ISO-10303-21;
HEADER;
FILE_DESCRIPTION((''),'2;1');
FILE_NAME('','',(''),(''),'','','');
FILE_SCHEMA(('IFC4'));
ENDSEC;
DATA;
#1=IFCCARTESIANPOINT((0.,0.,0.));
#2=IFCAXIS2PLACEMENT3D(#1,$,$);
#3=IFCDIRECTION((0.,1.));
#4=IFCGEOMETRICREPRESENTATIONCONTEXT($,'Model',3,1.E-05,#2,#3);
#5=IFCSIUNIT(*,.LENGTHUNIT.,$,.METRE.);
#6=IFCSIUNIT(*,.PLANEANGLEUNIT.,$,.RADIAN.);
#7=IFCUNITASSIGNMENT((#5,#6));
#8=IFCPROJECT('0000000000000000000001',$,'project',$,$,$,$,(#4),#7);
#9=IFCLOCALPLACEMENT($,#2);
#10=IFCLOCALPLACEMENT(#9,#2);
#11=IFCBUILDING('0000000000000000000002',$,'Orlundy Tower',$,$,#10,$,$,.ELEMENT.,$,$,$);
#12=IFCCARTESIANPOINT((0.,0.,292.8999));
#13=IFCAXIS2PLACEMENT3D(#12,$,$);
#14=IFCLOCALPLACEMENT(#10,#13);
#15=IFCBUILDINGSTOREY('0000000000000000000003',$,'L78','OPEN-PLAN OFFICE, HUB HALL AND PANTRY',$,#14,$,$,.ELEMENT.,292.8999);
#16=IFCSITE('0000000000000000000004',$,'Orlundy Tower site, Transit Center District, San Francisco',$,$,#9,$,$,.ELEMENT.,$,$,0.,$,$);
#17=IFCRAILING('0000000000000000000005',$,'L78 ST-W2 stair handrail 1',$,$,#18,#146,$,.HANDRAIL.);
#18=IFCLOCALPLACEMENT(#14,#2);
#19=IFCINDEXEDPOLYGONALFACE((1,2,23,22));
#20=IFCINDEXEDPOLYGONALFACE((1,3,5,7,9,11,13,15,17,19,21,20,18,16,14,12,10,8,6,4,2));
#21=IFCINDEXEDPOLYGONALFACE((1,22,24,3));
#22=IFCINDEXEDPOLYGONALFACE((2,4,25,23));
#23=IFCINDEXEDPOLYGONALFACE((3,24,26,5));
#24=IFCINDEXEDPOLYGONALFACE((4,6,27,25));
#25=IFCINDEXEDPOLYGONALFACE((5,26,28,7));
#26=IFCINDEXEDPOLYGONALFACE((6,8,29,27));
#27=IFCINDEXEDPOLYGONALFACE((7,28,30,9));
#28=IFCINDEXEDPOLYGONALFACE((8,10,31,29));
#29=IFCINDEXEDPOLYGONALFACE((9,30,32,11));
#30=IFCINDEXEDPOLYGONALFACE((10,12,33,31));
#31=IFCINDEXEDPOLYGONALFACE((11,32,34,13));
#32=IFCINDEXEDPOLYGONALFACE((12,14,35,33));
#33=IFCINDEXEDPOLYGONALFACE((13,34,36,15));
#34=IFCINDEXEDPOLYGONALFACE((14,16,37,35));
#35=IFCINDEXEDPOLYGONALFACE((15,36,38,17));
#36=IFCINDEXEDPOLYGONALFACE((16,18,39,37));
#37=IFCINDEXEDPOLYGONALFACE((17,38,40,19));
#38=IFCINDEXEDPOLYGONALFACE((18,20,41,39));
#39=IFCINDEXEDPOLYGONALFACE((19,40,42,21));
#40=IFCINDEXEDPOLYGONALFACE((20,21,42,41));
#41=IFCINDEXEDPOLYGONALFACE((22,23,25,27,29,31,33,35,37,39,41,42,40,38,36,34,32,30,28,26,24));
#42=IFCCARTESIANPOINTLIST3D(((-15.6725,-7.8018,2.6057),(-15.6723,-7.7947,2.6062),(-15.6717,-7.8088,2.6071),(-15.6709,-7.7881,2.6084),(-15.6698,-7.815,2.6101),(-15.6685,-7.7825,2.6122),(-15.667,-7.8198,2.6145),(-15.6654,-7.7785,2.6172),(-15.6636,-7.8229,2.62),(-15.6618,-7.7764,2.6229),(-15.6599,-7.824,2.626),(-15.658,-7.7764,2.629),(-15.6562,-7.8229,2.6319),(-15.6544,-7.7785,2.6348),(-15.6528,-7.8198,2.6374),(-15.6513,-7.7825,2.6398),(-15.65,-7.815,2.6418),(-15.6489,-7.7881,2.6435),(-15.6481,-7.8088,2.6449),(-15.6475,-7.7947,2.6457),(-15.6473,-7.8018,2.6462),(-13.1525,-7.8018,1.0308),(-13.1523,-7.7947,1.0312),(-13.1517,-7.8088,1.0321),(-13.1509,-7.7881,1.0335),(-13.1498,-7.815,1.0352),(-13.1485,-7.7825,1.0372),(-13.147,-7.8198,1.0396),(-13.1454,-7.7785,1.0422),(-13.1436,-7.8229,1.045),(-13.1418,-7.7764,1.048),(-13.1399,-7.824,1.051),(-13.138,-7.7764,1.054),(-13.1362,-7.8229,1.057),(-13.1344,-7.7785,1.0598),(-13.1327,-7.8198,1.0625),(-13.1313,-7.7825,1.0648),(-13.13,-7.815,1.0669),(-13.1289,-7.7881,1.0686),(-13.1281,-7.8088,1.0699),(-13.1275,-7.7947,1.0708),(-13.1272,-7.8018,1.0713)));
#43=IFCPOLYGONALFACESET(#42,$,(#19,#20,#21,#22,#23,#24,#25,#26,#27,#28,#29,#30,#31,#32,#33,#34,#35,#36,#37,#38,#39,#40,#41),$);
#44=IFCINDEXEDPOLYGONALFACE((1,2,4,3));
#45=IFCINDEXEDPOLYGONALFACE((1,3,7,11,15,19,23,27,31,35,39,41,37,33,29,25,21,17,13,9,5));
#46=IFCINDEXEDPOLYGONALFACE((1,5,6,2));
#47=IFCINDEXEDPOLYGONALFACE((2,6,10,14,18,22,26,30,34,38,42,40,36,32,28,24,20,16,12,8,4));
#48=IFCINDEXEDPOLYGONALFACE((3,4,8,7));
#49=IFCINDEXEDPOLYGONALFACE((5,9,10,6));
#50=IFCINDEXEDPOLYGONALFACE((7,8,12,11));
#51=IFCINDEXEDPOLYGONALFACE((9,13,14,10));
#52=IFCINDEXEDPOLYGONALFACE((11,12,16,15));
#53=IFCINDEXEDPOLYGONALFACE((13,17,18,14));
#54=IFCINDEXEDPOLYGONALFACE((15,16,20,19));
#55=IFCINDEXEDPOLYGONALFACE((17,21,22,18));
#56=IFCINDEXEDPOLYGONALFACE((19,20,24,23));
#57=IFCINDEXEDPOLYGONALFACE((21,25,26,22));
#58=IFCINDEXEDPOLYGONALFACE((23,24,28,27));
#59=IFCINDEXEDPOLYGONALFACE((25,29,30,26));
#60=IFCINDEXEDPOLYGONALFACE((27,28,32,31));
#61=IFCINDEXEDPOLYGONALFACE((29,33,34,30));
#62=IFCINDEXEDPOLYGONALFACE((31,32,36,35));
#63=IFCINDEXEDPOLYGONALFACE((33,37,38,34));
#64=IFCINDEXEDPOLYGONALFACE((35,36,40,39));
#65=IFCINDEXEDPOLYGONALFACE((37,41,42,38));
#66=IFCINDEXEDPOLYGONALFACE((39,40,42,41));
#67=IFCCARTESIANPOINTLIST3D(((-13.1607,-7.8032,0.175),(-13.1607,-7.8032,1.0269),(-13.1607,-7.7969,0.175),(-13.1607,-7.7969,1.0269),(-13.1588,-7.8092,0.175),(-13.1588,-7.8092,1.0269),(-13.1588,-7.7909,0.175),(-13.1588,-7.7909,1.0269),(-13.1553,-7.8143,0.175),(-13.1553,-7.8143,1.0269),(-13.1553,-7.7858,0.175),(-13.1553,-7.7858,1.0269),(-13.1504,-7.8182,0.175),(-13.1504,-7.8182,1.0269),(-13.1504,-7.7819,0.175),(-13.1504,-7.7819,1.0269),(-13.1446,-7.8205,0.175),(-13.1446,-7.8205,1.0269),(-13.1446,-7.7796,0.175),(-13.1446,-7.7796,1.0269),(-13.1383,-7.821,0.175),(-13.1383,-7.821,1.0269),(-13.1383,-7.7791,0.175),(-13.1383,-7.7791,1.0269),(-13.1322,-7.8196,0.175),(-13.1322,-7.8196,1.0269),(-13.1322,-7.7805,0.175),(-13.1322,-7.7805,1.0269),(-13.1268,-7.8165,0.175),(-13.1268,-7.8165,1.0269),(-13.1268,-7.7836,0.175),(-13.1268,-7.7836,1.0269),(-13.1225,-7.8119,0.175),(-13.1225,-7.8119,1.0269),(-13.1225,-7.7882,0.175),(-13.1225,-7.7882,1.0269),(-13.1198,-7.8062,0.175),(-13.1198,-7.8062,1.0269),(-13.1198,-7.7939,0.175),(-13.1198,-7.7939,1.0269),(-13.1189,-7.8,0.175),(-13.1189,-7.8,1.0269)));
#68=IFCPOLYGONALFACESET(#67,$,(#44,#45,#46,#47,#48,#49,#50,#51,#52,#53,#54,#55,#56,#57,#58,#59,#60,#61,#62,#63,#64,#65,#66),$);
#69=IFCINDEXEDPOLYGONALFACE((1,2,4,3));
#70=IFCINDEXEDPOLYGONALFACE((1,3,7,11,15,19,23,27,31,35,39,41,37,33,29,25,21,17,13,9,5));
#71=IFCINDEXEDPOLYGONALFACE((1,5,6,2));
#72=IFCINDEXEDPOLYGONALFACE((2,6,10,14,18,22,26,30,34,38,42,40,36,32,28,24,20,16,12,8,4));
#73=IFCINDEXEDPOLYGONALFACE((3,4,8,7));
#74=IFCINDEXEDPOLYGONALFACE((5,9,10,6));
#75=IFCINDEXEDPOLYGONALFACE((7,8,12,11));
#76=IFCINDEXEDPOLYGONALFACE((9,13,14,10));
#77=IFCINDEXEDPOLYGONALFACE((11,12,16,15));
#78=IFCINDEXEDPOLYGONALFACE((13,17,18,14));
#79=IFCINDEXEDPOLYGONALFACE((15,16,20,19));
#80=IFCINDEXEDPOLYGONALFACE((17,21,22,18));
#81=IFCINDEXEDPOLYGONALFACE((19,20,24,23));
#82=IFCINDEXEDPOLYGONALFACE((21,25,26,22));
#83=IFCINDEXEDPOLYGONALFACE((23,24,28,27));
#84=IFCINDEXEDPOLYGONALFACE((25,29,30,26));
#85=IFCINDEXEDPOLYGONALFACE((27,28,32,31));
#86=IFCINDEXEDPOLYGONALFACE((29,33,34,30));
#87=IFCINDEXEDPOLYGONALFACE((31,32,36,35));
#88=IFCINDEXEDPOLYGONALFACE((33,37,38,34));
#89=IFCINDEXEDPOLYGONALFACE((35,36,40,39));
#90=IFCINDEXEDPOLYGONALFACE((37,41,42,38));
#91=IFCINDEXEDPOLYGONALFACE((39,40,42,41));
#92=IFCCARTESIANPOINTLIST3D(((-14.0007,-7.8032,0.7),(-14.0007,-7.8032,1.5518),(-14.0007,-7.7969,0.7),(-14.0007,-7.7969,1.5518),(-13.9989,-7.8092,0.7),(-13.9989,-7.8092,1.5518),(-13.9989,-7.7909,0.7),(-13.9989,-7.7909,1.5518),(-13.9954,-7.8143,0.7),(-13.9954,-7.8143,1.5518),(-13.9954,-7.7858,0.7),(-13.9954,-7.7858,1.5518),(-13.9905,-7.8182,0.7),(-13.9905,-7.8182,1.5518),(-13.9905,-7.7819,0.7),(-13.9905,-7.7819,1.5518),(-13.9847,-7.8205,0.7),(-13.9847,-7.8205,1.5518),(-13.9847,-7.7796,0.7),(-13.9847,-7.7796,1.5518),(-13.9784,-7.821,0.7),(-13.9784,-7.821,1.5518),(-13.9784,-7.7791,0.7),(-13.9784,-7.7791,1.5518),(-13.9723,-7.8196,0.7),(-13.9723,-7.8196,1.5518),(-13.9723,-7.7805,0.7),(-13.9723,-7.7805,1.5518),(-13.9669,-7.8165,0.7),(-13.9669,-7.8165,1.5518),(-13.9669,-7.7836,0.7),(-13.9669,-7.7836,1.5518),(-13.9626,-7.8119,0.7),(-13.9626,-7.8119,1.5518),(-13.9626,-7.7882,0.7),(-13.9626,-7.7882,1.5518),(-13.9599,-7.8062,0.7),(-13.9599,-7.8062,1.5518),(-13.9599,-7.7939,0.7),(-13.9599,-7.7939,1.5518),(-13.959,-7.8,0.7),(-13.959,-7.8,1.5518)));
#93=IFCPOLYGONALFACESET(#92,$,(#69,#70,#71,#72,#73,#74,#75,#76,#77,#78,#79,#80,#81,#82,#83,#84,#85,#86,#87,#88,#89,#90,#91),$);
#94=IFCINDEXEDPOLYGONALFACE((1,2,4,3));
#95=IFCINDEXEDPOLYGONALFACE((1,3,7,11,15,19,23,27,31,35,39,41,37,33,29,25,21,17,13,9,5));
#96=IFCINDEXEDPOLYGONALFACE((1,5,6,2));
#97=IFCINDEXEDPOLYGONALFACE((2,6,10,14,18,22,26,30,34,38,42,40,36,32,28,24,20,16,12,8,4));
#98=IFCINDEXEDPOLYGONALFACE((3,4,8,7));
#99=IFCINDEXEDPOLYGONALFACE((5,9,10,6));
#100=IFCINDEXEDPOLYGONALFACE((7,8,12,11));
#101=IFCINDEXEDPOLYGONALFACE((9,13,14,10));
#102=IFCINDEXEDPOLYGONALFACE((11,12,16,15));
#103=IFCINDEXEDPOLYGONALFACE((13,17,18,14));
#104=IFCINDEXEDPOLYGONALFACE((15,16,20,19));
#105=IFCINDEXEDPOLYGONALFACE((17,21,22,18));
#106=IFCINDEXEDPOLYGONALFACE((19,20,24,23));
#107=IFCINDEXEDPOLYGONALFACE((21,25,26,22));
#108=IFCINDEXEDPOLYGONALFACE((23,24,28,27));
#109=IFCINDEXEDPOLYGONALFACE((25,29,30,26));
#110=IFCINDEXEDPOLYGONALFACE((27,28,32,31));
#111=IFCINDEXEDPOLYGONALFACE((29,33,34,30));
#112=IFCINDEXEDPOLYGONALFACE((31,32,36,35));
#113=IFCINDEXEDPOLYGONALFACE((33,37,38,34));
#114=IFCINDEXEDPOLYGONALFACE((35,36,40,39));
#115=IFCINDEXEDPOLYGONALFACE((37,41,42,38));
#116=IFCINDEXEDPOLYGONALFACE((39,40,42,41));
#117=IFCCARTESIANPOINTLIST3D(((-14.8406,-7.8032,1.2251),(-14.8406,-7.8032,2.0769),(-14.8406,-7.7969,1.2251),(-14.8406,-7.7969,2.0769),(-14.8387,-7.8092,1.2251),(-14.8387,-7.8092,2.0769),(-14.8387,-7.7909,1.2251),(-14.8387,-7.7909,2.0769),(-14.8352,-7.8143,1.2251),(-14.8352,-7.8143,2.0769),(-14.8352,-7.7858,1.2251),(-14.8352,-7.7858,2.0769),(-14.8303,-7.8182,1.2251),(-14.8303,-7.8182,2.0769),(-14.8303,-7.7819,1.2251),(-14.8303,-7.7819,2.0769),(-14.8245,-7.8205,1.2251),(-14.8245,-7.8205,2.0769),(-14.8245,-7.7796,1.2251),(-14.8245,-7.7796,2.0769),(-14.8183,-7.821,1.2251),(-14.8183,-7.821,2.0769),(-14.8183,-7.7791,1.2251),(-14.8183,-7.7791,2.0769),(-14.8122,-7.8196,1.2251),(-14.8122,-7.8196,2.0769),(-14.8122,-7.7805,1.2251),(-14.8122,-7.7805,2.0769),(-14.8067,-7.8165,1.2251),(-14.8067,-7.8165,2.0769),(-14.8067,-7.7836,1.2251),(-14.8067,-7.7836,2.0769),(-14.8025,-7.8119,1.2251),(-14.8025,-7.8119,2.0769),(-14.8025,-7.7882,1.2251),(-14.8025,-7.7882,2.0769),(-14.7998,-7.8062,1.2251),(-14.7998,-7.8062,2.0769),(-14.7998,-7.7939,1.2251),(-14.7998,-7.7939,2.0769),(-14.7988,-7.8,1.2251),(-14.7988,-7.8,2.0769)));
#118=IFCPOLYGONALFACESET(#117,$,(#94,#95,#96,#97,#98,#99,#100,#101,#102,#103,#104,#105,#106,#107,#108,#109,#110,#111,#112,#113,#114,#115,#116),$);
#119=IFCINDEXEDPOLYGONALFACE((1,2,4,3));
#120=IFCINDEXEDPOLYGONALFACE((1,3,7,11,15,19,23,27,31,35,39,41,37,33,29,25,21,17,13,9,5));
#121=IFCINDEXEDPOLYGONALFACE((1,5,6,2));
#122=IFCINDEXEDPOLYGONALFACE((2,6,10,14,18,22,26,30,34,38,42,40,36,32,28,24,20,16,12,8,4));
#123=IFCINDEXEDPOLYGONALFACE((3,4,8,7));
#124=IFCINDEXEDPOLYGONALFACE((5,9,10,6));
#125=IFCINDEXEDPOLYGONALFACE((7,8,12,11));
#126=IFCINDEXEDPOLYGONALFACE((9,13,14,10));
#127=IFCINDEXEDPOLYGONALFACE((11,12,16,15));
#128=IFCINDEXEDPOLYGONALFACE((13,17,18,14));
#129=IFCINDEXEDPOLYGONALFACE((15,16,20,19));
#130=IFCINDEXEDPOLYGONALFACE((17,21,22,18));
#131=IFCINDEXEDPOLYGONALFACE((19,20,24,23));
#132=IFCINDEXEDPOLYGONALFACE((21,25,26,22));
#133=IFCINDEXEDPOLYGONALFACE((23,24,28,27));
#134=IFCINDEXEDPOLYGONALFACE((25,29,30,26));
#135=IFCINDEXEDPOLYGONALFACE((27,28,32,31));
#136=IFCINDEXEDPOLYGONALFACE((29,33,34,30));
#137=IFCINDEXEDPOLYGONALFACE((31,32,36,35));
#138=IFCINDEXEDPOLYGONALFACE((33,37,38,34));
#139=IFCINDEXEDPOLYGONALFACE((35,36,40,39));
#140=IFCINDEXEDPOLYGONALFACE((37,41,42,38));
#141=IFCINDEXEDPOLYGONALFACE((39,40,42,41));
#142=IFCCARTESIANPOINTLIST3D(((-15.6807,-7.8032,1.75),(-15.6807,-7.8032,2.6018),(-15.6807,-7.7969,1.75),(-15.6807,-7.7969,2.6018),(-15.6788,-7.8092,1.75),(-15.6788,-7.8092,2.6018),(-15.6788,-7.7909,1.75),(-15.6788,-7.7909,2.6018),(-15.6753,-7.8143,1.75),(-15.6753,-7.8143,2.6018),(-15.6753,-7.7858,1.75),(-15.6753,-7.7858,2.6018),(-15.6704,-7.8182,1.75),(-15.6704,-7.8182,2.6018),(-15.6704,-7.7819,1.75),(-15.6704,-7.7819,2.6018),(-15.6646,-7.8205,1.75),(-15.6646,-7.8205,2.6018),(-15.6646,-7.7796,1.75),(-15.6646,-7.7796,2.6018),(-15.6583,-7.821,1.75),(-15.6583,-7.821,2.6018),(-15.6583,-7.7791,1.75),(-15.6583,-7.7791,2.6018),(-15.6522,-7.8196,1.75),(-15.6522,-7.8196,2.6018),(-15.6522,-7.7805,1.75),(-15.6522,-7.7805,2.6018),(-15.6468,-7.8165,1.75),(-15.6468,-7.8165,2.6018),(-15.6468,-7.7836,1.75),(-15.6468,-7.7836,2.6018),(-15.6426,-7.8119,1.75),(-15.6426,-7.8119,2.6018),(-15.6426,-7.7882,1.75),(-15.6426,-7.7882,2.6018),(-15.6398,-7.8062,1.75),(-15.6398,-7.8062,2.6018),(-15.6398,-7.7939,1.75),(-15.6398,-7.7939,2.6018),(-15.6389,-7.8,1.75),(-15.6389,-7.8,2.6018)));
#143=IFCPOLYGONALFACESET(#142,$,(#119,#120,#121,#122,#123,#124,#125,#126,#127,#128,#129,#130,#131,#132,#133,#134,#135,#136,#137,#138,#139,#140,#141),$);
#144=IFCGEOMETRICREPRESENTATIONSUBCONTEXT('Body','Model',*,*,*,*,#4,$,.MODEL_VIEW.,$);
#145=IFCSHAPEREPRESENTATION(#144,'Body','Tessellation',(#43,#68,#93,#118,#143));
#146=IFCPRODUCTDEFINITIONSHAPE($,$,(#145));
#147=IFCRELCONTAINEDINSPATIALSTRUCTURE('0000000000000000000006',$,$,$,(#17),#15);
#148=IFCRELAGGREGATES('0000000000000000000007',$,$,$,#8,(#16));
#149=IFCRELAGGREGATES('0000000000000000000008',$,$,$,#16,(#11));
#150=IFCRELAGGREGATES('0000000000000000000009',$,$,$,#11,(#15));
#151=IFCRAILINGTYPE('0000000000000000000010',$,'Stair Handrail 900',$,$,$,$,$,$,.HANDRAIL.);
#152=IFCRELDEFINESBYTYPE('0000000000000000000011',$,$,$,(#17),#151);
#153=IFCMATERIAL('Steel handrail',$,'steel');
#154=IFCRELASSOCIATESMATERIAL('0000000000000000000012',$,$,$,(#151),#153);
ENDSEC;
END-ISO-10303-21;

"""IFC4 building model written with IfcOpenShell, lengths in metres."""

from ifc_helpers import new_model, si_unit, direction, frame, origin, origin_2d, place, context, subcontext, project, spatial, circle, extrude, material, type_object, element, save


model = new_model("IFC4")

# Units and contexts
model_context = context("Model", 3, precision=1e-05, world=origin(), true_north=direction((0.0, 1.0)))
body_context = subcontext(model_context, "Body", "Model", "MODEL_VIEW")
ifc_project = project(units=[si_unit("LENGTHUNIT", "METRE"), si_unit("PLANEANGLEUNIT", "RADIAN")], contexts=[model_context])

# Site, building, storey
site_placement = place(None, origin())
site = spatial("IfcSite", under=ifc_project, at=site_placement, Name="Orlundy Tower site, Transit Center District, San Francisco", CompositionType="ELEMENT", RefElevation=0.0)
building_placement = place(site_placement, origin())
building = spatial("IfcBuilding", under=site, at=building_placement, Name="Orlundy Tower", CompositionType="ELEMENT")
storey_placement = place(building_placement, frame((0.0, 0.0, 292.8999)))
storey = spatial("IfcBuildingStorey", under=building, at=storey_placement, Name="L78", Description="OPEN-PLAN OFFICE, HUB HALL AND PANTRY", CompositionType="ELEMENT", Elevation=292.8999)

# Railing
ifc_material_1 = material(Name="Steel handrail", Category="steel")
railing_type_1 = type_object("IfcRailingType", Name="Stair Handrail 900", PredefinedType="HANDRAIL", material=ifc_material_1)
railing_1_placement = place(storey_placement, frame((-13.1399, -7.8, 0.175)))
element("IfcRailing", 1, at=railing_1_placement, inside=storey, type_object=railing_type_1, Name="L78 ST-W2 stair handrail 1", PredefinedType="HANDRAIL", context=body_context, shape_type="SweptSolid", body=[
    extrude(circle(Radius=0.0239, at=origin_2d()), frame((0.0, 0.0, 0.876), z_axis=(-0.848008, 0.0, 0.529984), x_axis=(0.0, -1.0, 0.0)), (0.0, 0.0, 1.0), 2.9717),
    extrude(circle(Radius=0.021, at=origin_2d()), origin(), (0.0, 0.0, 1.0), 0.8518),
    extrude(circle(Radius=0.021, at=origin_2d()), frame((-0.8401, 0.0, 0.5249)), (0.0, 0.0, 1.0), 0.8518),
    extrude(circle(Radius=0.021, at=origin_2d()), frame((-1.6799, 0.0, 1.05)), (0.0, 0.0, 1.0), 0.8518),
    extrude(circle(Radius=0.021, at=origin_2d()), frame((-2.52, 0.0, 1.575)), (0.0, 0.0, 1.0), 0.8518),
])

save(model, "model.ifc")
